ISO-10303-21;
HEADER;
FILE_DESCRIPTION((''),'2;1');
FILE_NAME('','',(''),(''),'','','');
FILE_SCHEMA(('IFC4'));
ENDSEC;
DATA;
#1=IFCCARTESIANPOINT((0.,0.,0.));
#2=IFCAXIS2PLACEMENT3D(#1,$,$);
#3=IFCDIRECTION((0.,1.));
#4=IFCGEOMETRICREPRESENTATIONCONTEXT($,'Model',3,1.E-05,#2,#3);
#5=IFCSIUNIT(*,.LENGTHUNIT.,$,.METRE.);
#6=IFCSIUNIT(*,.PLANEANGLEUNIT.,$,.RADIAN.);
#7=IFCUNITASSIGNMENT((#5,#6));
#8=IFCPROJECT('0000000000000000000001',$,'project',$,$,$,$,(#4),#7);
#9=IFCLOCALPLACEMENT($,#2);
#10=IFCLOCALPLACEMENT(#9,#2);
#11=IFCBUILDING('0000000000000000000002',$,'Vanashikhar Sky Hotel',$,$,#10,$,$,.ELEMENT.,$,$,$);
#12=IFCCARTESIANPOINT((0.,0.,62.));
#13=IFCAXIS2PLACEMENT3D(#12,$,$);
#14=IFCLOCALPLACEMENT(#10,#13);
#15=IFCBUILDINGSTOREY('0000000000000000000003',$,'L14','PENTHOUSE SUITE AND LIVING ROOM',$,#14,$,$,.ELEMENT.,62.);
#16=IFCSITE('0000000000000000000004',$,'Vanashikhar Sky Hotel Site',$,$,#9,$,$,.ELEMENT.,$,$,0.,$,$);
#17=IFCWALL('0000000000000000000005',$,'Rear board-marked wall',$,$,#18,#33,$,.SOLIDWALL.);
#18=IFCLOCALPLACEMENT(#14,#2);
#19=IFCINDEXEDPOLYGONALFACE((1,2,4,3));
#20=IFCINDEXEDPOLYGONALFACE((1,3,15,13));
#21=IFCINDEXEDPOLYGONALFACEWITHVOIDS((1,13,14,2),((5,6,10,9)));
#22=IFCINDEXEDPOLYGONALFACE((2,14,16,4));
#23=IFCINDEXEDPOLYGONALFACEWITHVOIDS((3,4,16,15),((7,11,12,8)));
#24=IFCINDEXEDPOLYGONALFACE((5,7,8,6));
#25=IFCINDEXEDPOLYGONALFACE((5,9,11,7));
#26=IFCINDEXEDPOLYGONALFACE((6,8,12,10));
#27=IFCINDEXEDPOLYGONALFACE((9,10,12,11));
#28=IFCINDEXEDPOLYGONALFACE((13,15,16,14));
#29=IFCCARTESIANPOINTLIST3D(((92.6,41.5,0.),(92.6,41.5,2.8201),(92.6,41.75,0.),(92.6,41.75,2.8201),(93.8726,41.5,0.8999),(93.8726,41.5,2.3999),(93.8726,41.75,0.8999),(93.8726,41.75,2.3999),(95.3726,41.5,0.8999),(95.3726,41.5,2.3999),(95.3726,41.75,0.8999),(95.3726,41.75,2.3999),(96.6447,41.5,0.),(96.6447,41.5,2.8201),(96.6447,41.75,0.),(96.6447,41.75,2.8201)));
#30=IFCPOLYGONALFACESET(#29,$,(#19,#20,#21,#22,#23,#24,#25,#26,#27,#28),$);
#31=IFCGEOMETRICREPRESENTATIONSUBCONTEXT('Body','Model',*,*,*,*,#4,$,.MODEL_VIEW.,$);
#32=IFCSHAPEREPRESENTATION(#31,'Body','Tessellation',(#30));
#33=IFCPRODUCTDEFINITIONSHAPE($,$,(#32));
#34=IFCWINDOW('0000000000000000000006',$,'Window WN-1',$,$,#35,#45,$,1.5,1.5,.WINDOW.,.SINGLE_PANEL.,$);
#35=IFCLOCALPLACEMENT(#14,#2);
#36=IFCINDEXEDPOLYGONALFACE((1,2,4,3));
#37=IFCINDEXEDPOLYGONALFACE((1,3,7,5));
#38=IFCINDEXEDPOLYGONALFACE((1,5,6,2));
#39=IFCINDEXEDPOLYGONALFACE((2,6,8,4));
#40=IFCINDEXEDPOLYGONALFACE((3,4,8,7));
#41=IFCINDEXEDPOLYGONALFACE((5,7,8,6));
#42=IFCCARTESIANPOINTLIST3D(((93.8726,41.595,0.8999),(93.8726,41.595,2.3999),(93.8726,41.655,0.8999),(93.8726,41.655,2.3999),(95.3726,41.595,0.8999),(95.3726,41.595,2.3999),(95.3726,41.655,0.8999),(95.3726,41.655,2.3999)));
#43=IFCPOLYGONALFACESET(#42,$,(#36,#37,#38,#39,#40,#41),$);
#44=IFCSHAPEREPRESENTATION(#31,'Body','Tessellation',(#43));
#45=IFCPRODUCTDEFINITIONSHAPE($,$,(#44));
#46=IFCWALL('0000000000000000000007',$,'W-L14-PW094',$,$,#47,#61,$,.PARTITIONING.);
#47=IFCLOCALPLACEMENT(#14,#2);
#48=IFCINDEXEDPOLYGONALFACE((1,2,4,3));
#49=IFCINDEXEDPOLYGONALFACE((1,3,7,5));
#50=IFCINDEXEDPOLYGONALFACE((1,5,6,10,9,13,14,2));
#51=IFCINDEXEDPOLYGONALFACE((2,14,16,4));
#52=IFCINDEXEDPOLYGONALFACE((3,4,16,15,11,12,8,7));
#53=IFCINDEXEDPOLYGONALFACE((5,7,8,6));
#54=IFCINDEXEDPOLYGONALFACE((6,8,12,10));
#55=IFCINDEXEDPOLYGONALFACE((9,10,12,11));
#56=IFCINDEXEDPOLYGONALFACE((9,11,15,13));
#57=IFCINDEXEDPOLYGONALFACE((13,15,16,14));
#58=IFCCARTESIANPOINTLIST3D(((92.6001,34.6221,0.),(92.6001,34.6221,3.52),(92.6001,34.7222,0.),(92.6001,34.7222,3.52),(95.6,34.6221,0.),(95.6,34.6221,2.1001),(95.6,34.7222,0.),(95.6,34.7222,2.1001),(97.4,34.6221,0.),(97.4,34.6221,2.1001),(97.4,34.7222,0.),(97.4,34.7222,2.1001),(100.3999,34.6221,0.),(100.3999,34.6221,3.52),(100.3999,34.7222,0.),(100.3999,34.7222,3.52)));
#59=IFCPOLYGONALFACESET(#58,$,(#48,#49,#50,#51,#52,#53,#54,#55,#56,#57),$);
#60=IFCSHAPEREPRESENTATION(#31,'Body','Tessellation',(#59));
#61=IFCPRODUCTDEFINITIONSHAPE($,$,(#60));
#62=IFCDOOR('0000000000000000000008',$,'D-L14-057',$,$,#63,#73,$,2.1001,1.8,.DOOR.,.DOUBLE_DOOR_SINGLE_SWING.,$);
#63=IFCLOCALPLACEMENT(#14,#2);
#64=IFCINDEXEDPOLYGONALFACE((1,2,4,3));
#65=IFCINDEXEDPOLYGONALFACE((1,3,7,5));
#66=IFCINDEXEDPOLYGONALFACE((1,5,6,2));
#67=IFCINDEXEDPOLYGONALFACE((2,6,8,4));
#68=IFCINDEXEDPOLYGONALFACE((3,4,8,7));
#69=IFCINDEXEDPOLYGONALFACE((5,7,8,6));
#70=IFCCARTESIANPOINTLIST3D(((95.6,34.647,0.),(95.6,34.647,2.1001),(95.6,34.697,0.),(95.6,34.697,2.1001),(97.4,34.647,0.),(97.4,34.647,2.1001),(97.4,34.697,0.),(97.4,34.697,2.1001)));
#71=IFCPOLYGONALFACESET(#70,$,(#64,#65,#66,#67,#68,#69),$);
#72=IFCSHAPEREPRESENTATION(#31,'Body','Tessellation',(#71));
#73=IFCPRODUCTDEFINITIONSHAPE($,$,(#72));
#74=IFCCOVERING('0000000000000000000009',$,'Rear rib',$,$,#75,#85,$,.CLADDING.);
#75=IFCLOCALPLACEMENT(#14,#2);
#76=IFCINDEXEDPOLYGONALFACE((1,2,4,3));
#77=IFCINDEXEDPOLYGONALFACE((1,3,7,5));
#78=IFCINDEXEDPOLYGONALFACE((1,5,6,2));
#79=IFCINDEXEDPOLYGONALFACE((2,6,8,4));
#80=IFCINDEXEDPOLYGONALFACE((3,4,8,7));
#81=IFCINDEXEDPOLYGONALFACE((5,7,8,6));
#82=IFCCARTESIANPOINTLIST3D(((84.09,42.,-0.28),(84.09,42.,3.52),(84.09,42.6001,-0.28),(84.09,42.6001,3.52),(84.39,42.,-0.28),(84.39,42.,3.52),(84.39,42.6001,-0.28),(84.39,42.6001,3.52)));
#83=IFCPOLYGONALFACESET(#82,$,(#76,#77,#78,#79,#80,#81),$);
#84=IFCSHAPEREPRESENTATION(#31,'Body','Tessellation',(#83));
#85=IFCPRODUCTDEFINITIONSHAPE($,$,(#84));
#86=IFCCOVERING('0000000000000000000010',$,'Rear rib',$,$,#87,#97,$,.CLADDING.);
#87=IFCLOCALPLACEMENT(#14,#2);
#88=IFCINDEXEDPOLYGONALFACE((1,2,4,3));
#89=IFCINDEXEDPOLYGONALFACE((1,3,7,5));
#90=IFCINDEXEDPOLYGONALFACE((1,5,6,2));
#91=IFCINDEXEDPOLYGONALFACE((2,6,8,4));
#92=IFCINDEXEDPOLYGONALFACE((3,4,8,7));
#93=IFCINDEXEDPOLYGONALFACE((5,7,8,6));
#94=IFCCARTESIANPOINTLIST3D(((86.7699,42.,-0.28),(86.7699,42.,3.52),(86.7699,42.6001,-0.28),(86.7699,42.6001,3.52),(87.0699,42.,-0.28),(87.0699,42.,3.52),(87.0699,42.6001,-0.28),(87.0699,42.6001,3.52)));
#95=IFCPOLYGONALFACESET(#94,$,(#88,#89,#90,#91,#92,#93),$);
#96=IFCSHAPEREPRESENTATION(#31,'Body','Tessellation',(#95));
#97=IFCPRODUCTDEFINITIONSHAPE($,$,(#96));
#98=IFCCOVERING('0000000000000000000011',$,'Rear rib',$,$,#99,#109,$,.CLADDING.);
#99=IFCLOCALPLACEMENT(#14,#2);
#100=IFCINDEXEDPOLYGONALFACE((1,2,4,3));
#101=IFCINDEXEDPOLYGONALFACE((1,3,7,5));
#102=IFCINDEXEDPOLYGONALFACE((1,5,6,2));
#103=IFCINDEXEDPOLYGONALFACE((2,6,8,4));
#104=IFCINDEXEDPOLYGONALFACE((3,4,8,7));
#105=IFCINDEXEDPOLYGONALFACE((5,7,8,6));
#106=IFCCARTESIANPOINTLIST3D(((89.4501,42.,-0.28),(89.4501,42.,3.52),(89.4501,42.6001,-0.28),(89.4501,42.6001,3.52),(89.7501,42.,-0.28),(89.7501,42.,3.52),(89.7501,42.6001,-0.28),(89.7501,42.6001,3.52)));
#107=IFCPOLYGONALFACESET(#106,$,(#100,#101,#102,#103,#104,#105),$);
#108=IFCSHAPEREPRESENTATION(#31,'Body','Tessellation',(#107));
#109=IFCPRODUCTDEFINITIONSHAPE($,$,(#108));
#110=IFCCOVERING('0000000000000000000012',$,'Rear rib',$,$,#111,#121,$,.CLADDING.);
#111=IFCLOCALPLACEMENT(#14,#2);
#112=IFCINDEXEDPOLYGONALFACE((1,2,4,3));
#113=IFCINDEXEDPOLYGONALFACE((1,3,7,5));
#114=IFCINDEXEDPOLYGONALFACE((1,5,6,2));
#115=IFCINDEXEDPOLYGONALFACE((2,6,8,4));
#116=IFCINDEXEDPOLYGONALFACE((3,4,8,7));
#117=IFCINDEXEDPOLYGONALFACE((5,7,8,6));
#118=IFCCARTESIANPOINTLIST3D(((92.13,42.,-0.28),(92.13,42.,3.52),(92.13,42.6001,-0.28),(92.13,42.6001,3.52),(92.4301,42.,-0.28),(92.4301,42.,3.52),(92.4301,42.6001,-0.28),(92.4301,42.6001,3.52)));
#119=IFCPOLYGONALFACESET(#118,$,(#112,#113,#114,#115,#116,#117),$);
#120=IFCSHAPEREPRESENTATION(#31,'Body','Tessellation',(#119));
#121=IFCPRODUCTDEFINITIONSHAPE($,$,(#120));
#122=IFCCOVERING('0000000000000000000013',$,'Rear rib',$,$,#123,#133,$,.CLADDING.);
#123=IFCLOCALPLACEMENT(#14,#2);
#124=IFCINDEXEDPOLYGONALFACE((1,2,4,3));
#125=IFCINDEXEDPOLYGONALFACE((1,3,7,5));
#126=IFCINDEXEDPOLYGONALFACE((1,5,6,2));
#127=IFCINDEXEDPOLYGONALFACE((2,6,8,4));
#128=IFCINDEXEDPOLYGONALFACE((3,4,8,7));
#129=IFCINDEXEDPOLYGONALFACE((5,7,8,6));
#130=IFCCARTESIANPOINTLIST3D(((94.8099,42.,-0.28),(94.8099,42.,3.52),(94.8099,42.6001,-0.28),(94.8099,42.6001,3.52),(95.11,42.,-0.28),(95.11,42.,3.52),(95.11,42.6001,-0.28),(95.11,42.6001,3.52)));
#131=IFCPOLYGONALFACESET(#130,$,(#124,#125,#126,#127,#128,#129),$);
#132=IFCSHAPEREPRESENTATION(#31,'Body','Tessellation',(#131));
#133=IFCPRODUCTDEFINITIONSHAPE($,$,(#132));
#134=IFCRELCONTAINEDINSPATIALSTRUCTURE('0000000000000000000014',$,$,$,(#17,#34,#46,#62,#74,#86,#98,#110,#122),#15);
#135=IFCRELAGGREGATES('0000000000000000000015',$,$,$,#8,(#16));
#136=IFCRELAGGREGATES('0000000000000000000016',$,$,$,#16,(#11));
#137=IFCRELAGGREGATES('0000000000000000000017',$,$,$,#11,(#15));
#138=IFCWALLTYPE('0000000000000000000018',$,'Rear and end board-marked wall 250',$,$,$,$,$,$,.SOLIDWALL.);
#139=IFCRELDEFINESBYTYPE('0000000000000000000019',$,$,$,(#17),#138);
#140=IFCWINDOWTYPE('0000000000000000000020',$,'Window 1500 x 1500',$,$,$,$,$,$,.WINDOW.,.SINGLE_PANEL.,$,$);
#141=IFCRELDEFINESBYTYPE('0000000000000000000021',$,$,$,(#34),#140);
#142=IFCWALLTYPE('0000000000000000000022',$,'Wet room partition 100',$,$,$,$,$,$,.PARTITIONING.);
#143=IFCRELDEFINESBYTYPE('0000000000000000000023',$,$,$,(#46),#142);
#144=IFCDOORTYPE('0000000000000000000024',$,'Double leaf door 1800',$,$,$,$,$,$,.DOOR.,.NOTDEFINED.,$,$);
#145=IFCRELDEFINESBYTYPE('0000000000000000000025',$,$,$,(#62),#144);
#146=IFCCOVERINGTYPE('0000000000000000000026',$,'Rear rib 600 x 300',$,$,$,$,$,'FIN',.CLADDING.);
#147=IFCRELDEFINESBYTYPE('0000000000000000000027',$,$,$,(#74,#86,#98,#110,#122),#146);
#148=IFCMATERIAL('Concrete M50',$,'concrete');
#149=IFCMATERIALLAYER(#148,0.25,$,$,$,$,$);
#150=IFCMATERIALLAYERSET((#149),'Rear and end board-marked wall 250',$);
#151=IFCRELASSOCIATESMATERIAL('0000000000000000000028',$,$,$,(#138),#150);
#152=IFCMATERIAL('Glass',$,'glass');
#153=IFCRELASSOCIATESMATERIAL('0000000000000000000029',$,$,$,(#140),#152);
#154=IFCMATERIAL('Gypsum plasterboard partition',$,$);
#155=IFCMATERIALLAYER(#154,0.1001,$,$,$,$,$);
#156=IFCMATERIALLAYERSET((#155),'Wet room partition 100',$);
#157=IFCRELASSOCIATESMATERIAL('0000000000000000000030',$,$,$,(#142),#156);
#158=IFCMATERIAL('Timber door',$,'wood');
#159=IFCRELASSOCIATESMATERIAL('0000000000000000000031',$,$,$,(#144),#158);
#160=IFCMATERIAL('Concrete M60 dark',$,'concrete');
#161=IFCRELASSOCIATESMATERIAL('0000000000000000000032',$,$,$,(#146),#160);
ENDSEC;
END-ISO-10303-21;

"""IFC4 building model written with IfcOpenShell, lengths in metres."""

from ifc_helpers import new_model, si_unit, direction, frame, frame_2d, origin, origin_2d, place, context, subcontext, project, spatial, rectangle, extrude, source, transform, mapped, material, layer, layer_set, material_profile, profile_set, type_object, element, fill, save


model = new_model("IFC4")

# Units and contexts
model_context = context("Model", 3, precision=1e-05, world=origin(), true_north=direction((0.0, 1.0)))
body_context = subcontext(model_context, "Body", "Model", "MODEL_VIEW")
ifc_project = project(units=[si_unit("LENGTHUNIT", "METRE"), si_unit("PLANEANGLEUNIT", "RADIAN")], contexts=[model_context])

# Site, building, storey
site_placement = place(None, origin())
site = spatial("IfcSite", under=ifc_project, at=site_placement, Name="Vanashikhar Sky Hotel Site", CompositionType="ELEMENT", RefElevation=0.0)
building_placement = place(site_placement, origin())
building = spatial("IfcBuilding", under=site, at=building_placement, Name="Vanashikhar Sky Hotel", CompositionType="ELEMENT")
storey_placement = place(building_placement, frame((0.0, 0.0, 62.0)))
storey = spatial("IfcBuildingStorey", under=building, at=storey_placement, Name="L14", Description="PENTHOUSE SUITE AND LIVING ROOM", CompositionType="ELEMENT", Elevation=62.0)

# Shared definitions
ifc_material_1 = material(Name="Concrete M50", Category="concrete")

# Wall, opening, window
ifc_material_2 = material(Name="Glass", Category="glass")
ifc_layer_1 = layer(ifc_material_1, 0.25)
ifc_layer_set_1 = layer_set([ifc_layer_1], Name="Rear and end board-marked wall 250")
wall_type_1 = type_object("IfcWallType", Name="Rear and end board-marked wall 250", PredefinedType="SOLIDWALL", material=ifc_layer_set_1)
shared_shape_1 = source(origin(), body_context, "Body", "SweptSolid", [
    extrude(rectangle(XDim=1.5, YDim=1.5, at=frame_2d((0.75, 0.75))), frame((0.0, 0.135, 0.0), z_axis=(0.0, -1.0, 0.0), x_axis=(1.0, 0.0, 0.0)), (0.0, 0.0, 1.0), 0.27),
])
window_type_1 = type_object("IfcWindowType", Name="Window 1500 x 1500", PartitioningType="SINGLE_PANEL", PredefinedType="WINDOW", material=ifc_material_2)
shared_shape_2 = source(origin(), body_context, "Body", "SweptSolid", [
    extrude(rectangle(XDim=1.5, YDim=1.5, at=frame_2d((0.75, 0.75))), frame((0.0, 0.03, 0.0), z_axis=(0.0, -1.0, 0.0), x_axis=(1.0, 0.0, 0.0)), (0.0, 0.0, 1.0), 0.0601),
])
shared_shape_3 = source(origin(), body_context, "Body", "SweptSolid", [
    extrude(rectangle(XDim=4.0447, YDim=0.25, at=frame_2d((2.0225, 0.0))), origin(), (0.0, 0.0, 1.0), 2.8201),
])
wall_1_placement = place(storey_placement, frame((96.6448, 41.625, 0.0), z_axis=(0.0, 0.0, 1.0), x_axis=(-1.0, 0.0, 0.0)))
wall_1 = element("IfcWall", 1, at=wall_1_placement, inside=storey, type_object=wall_type_1, Name="Rear board-marked wall", PredefinedType="SOLIDWALL", context=body_context, shape_type="MappedRepresentation", body=[
    mapped(shared_shape_3, transform((0.0, 0.0, 0.0), scale=1.0)),
])
opening_1_placement = place(wall_1_placement, frame((1.2722, 0.0, 0.8999)))
opening_1 = element("IfcOpeningElement", 2, at=opening_1_placement, cuts=wall_1, PredefinedType="OPENING", context=body_context, shape_type="MappedRepresentation", body=[
    mapped(shared_shape_1, transform((0.0, 0.0, 0.0), scale=1.0)),
])
window_1_placement = place(opening_1_placement, origin())
window_1 = element("IfcWindow", 3, at=window_1_placement, inside=storey, type_object=window_type_1, Name="Window WN-1", OverallHeight=1.5, OverallWidth=1.5, PartitioningType="SINGLE_PANEL", PredefinedType="WINDOW", context=body_context, shape_type="MappedRepresentation", body=[
    mapped(shared_shape_2, transform((0.0, 0.0, 0.0), scale=1.0)),
])
fill(opening_1, window_1)

# Wall, opening, door
ifc_material_3 = material(Name="Gypsum plasterboard partition")
ifc_layer_2 = layer(ifc_material_3, 0.1001)
ifc_layer_set_2 = layer_set([ifc_layer_2], Name="Wet room partition 100")
wall_type_2 = type_object("IfcWallType", Name="Wet room partition 100", PredefinedType="PARTITIONING", material=ifc_layer_set_2)
shared_shape_4 = source(origin(), body_context, "Body", "SweptSolid", [
    extrude(rectangle(XDim=7.7998, YDim=0.1001, at=frame_2d((3.8999, 0.0))), origin(), (0.0, 0.0, 1.0), 3.52),
])
wall_2_placement = place(storey_placement, frame((92.6001, 34.6721, 0.0), z_axis=(0.0, 0.0, 1.0), x_axis=(1.0, 0.0, 0.0)))
wall_2 = element("IfcWall", 4, at=wall_2_placement, inside=storey, type_object=wall_type_2, Name="W-L14-PW094", PredefinedType="PARTITIONING", context=body_context, shape_type="MappedRepresentation", body=[
    mapped(shared_shape_4, transform((0.0, 0.0, 0.0), scale=1.0)),
])
shared_shape_5 = source(origin(), body_context, "Body", "SweptSolid", [
    extrude(rectangle(XDim=1.8, YDim=2.1001, at=frame_2d((0.8999, 1.05))), frame((0.0, 0.0601, 0.0), z_axis=(0.0, -1.0, 0.0), x_axis=(1.0, 0.0, 0.0)), (0.0, 0.0, 1.0), 0.1201),
])
opening_2_placement = place(wall_2_placement, frame((3.0, 0.0, 0.0)))
opening_2 = element("IfcOpeningElement", 5, at=opening_2_placement, cuts=wall_2, PredefinedType="OPENING", context=body_context, shape_type="MappedRepresentation", body=[
    mapped(shared_shape_5, transform((0.0, 0.0, 0.0), scale=1.0)),
])
ifc_material_4 = material(Name="Timber door", Category="wood")
door_type = type_object("IfcDoorType", Name="Double leaf door 1800", OperationType="NOTDEFINED", PredefinedType="DOOR", material=ifc_material_4)
shared_shape_6 = source(origin(), body_context, "Body", "SweptSolid", [
    extrude(rectangle(XDim=1.8, YDim=2.1001, at=frame_2d((0.8999, 1.05))), frame((0.0, 0.0249, 0.0), z_axis=(0.0, -1.0, 0.0), x_axis=(1.0, 0.0, 0.0)), (0.0, 0.0, 1.0), 0.05),
])
door_placement = place(opening_2_placement, origin())
door = element("IfcDoor", 6, at=door_placement, inside=storey, type_object=door_type, Name="D-L14-057", OperationType="DOUBLE_DOOR_SINGLE_SWING", OverallHeight=2.1001, OverallWidth=1.8, PredefinedType="DOOR", context=body_context, shape_type="MappedRepresentation", body=[
    mapped(shared_shape_6, transform((0.0, 0.0, 0.0), scale=1.0)),
])
fill(opening_2, door)

# Coverings
ifc_material_5 = material(Name="Concrete M60 dark", Category="concrete")
ifc_material_profile_1 = material_profile(ifc_material_5, rectangle(XDim=0.6001, YDim=0.3, at=origin_2d()))
ifc_profile_set_1 = profile_set([ifc_material_profile_1], Name="Rear rib 600 x 300")
covering_type = type_object("IfcCoveringType", Name="Rear rib 600 x 300", ElementType="FIN", PredefinedType="CLADDING", material=ifc_profile_set_1)
shared_shape_7 = source(origin(), body_context, "Body", "SweptSolid", [
    extrude(rectangle(XDim=0.6001, YDim=0.3, at=origin_2d()), origin(), (0.0, 0.0, 1.0), 3.8),
])
for number, where, z_axis, x_axis, name in (
    (7, (84.24, 42.3, -0.28), (0.0, 0.0, 1.0), (0.0, 1.0, 0.0), "Rear rib"),
    (8, (86.9199, 42.3, -0.28), (0.0, 0.0, 1.0), (0.0, 1.0, 0.0), "Rear rib"),
    (9, (89.6001, 42.3, -0.28), (0.0, 0.0, 1.0), (0.0, 1.0, 0.0), "Rear rib"),
    (10, (92.28, 42.3, -0.28), (0.0, 0.0, 1.0), (0.0, 1.0, 0.0), "Rear rib"),
    (11, (94.96, 42.3, -0.28), (0.0, 0.0, 1.0), (0.0, 1.0, 0.0), "Rear rib"),
):
    element("IfcCovering", number, at=place(storey_placement, frame(where, z_axis=z_axis, x_axis=x_axis)), inside=storey, type_object=covering_type, Name=name, PredefinedType="CLADDING", context=body_context, shape_type="MappedRepresentation", body=[
        mapped(shared_shape_7, transform((0.0, 0.0, 0.0), scale=1.0)),
    ])

save(model, "model.ifc")
